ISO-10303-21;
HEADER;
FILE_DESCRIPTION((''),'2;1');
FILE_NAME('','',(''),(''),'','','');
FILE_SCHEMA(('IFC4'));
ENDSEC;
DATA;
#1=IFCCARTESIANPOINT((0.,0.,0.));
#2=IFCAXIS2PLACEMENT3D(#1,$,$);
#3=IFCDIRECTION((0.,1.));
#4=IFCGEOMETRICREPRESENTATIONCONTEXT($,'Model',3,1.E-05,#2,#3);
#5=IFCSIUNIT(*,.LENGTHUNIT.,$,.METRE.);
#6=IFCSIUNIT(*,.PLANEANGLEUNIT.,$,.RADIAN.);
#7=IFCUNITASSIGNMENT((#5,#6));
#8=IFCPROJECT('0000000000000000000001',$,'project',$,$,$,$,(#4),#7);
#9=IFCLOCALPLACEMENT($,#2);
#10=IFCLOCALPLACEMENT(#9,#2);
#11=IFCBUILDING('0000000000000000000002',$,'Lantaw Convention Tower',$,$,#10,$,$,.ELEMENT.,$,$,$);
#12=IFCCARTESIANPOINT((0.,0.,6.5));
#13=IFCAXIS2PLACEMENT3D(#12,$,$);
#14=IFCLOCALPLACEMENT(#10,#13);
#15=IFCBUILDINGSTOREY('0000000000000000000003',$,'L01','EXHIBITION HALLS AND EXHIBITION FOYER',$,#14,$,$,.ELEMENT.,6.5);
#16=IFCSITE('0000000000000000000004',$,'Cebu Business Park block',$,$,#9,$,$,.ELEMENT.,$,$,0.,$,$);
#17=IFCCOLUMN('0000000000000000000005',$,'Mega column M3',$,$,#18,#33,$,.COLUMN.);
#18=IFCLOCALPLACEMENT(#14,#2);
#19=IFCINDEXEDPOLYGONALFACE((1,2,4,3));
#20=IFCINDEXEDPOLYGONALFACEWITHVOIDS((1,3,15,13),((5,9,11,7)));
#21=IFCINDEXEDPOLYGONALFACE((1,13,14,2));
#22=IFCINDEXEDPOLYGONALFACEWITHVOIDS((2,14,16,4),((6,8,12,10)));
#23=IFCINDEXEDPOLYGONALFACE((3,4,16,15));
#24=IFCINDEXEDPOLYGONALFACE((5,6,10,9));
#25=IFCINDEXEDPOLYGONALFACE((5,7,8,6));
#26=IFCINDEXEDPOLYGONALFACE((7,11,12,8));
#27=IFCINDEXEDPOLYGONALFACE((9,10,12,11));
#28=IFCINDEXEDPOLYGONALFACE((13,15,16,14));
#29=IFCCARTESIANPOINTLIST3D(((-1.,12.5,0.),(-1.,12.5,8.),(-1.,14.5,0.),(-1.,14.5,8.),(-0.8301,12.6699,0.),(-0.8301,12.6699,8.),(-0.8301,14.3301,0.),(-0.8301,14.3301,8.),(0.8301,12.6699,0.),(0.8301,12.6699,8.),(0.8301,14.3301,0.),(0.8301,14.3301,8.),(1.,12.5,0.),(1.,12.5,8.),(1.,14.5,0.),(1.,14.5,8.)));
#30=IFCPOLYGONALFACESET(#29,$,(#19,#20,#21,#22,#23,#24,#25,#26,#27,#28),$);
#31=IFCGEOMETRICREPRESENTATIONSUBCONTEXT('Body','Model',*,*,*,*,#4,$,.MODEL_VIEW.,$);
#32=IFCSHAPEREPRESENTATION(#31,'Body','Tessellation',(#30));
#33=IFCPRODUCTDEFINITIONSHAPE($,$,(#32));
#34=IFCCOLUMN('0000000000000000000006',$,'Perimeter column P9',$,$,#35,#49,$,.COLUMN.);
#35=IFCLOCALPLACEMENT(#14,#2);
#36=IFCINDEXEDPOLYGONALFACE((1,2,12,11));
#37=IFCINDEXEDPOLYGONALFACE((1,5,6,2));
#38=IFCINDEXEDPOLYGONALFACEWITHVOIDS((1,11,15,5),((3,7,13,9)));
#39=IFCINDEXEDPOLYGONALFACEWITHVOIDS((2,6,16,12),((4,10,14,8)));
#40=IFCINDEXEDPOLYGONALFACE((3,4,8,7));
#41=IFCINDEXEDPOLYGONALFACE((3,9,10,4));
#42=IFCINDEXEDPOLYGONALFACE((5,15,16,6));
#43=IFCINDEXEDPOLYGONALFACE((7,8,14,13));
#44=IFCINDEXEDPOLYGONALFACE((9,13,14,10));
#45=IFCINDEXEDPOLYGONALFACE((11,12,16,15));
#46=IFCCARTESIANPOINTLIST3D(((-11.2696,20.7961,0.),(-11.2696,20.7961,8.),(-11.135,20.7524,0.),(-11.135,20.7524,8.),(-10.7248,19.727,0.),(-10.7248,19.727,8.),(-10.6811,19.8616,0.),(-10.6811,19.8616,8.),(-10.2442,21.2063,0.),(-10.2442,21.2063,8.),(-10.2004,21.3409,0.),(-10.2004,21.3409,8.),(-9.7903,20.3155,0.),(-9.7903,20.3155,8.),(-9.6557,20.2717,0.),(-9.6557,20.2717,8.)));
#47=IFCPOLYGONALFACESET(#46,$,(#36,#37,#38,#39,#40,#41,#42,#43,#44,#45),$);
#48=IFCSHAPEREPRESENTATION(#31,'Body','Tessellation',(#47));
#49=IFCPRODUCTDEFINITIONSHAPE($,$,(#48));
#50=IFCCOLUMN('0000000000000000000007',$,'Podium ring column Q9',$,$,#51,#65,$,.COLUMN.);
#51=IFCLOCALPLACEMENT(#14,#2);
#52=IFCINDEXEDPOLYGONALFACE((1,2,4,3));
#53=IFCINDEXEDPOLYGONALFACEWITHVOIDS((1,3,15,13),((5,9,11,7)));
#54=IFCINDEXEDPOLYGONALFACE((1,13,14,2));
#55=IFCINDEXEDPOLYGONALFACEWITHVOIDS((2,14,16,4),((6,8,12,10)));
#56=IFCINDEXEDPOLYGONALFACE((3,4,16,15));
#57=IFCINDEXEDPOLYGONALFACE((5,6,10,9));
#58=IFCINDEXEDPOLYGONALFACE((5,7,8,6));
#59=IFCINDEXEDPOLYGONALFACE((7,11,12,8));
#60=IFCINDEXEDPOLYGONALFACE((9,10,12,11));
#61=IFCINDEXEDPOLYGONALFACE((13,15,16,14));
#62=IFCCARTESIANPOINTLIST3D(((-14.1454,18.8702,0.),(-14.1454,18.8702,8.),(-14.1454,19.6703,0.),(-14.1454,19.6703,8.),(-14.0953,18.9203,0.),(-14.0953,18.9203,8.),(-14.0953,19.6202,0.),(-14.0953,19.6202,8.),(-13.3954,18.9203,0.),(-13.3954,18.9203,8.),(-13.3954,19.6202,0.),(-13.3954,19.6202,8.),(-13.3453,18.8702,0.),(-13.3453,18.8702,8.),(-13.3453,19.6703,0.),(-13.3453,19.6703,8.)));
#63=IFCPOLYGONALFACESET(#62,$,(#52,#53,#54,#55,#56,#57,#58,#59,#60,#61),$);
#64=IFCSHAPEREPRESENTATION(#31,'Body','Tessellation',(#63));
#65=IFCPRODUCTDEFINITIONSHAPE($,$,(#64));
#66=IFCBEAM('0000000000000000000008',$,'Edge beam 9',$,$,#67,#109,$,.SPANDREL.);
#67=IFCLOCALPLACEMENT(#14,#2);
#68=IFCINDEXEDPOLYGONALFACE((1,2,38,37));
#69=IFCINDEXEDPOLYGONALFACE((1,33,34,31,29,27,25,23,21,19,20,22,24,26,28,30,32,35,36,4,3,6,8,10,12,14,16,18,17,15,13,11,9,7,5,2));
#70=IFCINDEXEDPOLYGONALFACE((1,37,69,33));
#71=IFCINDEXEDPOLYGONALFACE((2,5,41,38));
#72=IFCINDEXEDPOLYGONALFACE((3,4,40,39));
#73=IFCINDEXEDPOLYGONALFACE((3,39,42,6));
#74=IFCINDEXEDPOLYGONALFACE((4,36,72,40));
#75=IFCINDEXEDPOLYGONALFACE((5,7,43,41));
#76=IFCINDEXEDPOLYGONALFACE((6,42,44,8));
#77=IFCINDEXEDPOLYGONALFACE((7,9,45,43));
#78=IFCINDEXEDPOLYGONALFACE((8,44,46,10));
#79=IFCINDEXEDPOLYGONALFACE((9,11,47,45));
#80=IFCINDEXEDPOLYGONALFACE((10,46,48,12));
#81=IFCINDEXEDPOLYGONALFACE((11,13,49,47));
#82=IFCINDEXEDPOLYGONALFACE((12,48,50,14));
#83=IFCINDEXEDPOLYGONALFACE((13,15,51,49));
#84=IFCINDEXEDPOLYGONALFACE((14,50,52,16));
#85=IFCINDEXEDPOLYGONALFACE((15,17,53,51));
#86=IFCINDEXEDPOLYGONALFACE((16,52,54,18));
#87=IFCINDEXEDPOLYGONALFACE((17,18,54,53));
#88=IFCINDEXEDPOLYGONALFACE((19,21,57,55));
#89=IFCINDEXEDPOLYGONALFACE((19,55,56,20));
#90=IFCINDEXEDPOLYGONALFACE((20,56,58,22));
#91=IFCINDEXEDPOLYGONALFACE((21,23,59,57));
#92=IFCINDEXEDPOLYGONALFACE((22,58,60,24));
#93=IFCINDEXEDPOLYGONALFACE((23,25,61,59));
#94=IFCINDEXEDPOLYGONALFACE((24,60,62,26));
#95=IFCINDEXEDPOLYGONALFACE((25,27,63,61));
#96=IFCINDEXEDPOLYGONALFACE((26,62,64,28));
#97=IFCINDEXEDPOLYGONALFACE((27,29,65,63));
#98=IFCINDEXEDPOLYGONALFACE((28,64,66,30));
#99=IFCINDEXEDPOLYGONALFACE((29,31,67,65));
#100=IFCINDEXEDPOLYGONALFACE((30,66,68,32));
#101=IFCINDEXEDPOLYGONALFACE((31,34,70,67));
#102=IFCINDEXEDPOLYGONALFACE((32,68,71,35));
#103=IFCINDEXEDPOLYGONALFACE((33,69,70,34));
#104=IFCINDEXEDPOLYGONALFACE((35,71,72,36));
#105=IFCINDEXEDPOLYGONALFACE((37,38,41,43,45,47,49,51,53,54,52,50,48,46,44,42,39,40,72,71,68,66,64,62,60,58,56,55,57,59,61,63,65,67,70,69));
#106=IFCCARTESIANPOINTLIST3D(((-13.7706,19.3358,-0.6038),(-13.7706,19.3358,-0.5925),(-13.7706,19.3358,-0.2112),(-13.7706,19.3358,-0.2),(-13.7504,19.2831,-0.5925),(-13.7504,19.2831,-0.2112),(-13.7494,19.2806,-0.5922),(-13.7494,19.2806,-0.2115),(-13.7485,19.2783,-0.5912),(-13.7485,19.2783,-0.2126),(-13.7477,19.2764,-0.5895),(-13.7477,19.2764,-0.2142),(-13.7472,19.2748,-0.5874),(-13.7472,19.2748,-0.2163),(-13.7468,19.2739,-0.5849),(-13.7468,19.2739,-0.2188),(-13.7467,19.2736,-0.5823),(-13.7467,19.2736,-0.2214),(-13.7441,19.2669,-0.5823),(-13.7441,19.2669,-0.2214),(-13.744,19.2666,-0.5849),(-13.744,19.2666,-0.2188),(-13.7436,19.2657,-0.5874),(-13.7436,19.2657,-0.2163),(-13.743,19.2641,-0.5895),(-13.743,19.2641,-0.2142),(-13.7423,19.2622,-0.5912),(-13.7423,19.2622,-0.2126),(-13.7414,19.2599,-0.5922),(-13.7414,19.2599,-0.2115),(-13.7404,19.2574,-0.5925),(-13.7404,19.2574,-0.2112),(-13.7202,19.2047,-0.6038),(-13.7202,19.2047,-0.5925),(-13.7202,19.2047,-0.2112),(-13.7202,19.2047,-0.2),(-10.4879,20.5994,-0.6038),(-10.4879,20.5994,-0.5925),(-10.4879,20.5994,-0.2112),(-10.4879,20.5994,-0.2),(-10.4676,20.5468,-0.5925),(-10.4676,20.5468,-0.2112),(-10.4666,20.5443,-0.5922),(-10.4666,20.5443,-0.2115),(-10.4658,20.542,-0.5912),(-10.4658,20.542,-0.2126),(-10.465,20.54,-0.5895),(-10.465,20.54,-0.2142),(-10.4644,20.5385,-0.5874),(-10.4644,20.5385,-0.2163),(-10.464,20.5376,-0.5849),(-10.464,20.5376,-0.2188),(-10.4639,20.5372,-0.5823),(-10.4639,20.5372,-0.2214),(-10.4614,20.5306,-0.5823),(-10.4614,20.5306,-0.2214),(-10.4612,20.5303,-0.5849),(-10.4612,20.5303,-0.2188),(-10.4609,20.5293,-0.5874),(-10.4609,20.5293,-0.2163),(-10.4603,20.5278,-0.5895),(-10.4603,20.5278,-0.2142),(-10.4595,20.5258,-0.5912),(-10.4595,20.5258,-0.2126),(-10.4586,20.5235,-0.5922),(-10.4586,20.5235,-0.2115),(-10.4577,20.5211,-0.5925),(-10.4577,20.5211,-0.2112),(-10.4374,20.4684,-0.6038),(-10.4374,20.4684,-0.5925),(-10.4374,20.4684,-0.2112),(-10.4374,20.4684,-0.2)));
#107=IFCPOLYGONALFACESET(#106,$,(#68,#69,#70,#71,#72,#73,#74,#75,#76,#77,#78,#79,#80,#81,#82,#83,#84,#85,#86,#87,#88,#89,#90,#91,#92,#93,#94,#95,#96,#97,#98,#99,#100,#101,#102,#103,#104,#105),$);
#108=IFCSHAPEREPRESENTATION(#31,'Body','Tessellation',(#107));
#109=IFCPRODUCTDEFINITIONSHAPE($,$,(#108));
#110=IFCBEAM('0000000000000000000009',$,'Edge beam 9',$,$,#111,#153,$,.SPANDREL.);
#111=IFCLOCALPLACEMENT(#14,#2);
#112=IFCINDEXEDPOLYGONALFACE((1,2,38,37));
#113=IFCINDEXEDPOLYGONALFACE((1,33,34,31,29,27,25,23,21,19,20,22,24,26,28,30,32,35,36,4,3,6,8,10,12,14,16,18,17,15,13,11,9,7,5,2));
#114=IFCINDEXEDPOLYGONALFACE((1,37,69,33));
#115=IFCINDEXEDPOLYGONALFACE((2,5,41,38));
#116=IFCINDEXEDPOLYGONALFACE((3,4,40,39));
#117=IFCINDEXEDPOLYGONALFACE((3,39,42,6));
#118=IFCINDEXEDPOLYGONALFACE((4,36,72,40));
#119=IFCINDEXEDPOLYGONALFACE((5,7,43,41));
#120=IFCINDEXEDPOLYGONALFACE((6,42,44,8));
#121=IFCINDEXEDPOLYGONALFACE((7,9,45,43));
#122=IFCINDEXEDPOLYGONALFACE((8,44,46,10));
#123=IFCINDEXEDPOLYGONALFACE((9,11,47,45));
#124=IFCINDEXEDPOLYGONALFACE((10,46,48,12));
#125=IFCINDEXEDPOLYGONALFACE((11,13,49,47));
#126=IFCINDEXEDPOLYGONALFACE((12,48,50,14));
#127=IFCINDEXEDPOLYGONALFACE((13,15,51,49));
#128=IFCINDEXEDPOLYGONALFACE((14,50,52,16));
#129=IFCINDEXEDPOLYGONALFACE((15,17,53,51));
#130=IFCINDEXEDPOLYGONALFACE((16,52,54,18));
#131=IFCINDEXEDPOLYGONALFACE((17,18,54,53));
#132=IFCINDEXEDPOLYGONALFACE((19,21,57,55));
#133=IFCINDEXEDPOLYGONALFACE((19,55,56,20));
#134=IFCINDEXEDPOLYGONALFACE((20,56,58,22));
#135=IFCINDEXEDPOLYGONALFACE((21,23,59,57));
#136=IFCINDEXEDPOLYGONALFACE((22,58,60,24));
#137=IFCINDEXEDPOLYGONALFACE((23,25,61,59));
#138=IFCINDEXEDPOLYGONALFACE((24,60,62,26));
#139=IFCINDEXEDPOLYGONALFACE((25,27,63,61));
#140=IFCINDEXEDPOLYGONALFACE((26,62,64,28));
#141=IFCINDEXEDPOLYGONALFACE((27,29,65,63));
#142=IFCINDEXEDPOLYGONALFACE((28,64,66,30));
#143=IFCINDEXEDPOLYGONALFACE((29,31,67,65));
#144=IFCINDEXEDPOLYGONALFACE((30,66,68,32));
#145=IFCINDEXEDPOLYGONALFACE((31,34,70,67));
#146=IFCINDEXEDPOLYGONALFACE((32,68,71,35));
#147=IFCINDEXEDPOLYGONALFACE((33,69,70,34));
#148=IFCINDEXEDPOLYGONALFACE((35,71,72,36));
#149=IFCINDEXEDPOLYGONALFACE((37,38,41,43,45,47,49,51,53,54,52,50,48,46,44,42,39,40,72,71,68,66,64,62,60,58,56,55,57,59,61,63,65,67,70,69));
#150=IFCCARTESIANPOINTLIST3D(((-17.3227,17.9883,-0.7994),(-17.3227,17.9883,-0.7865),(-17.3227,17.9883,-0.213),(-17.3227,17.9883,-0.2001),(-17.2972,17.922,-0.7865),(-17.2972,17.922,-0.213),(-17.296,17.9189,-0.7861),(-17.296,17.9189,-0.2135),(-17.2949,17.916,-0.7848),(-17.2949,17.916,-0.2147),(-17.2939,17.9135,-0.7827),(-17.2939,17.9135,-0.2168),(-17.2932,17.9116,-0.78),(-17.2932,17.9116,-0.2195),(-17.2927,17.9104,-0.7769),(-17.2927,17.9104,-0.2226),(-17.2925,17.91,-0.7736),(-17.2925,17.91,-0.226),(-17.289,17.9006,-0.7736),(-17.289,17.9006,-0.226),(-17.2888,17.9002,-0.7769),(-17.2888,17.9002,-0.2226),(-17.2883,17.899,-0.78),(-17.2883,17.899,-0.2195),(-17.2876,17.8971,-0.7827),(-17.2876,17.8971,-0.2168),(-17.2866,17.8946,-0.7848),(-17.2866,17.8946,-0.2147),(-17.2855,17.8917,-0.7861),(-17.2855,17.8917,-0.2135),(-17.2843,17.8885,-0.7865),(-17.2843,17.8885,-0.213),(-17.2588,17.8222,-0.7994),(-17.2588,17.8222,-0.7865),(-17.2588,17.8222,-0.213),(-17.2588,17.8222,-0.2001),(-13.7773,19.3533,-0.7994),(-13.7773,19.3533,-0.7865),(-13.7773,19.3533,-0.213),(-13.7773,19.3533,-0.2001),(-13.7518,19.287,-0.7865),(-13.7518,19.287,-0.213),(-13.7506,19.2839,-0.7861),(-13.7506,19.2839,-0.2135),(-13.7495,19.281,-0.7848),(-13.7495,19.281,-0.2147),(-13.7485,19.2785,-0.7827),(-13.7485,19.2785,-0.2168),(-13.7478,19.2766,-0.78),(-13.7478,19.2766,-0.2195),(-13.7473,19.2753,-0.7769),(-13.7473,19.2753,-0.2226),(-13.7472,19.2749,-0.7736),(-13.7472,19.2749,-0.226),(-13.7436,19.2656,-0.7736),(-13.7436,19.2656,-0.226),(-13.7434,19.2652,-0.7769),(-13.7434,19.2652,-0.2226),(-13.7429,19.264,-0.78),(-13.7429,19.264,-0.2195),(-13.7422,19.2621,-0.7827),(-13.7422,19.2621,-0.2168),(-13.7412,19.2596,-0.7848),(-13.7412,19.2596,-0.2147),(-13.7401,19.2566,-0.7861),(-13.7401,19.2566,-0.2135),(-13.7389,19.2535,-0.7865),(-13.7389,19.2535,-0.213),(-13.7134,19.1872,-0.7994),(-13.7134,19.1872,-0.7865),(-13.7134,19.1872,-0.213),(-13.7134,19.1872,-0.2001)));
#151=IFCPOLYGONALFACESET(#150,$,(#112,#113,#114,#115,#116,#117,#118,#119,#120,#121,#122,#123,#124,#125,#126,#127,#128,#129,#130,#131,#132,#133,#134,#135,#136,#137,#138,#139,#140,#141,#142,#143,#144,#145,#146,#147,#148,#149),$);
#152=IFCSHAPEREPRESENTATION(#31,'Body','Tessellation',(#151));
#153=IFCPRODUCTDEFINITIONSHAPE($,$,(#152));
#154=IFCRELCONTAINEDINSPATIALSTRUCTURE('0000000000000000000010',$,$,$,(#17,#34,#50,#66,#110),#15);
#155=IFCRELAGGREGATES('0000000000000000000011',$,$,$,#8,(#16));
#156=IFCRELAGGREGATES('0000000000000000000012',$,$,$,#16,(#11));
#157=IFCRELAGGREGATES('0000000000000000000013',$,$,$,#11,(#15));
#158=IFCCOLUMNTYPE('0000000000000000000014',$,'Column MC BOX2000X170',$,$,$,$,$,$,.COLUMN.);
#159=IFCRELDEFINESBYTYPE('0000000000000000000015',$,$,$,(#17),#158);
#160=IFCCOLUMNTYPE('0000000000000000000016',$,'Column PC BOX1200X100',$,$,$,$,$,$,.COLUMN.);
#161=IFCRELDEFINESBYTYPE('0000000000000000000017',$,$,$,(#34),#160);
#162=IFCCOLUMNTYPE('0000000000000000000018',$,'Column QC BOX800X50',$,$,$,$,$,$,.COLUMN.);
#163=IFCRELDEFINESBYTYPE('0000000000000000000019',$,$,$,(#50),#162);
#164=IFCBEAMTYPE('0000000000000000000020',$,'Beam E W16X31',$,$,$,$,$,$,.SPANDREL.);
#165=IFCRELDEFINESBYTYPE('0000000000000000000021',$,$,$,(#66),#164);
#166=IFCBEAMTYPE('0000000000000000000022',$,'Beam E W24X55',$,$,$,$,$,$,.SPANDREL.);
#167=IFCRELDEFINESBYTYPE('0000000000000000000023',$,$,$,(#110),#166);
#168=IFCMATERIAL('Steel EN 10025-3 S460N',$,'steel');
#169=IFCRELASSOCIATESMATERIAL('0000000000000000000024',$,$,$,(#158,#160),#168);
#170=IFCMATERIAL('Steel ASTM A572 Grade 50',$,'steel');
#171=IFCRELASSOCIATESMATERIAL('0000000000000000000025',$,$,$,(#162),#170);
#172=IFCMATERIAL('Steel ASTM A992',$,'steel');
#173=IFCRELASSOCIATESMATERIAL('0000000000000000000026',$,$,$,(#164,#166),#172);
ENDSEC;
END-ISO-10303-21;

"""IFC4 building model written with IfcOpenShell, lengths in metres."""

from ifc_helpers import new_model, si_unit, direction, frame, origin, origin_2d, place, context, subcontext, project, spatial, rectangle, hollow_rectangle, i_section, extrude, material, material_profile, profile_set, type_object, element, save


model = new_model("IFC4")

# Units and contexts
model_context = context("Model", 3, precision=1e-05, world=origin(), true_north=direction((0.0, 1.0)))
body_context = subcontext(model_context, "Body", "Model", "MODEL_VIEW")
ifc_project = project(units=[si_unit("LENGTHUNIT", "METRE"), si_unit("PLANEANGLEUNIT", "RADIAN")], contexts=[model_context])

# Site, building, storey
site_placement = place(None, origin())
site = spatial("IfcSite", under=ifc_project, at=site_placement, Name="Cebu Business Park block", CompositionType="ELEMENT", RefElevation=0.0)
building_placement = place(site_placement, origin())
building = spatial("IfcBuilding", under=site, at=building_placement, Name="Lantaw Convention Tower", CompositionType="ELEMENT")
storey_placement = place(building_placement, frame((0.0, 0.0, 6.5)))
storey = spatial("IfcBuildingStorey", under=building, at=storey_placement, Name="L01", Description="EXHIBITION HALLS AND EXHIBITION FOYER", CompositionType="ELEMENT", Elevation=6.5)

# Columns
ifc_material_1 = material(Name="Steel EN 10025-3 S460N", Category="steel")
ifc_material_profile_1 = material_profile(ifc_material_1, hollow_rectangle(XDim=2.0, YDim=2.0, WallThickness=0.1699, at=origin_2d()), Name="BOX2000X170")
ifc_material_2 = material(Name="Concrete C60/75", Category="concrete")
ifc_material_profile_2 = material_profile(ifc_material_2, rectangle(XDim=1.6599, YDim=1.6599, at=origin_2d()), Name="Concrete fill of BOX2000X170")
ifc_profile_set_1 = profile_set([ifc_material_profile_1, ifc_material_profile_2], Name="Steel EN 10025-3 S460N")
column_type_1 = type_object("IfcColumnType", Name="Column MC BOX2000X170", PredefinedType="COLUMN", material=ifc_profile_set_1)
column_1_placement = place(storey_placement, frame((0.0, 13.5, 0.0), z_axis=(0.0, 0.0, 1.0), x_axis=(1.0, 0.0, 0.0)))
element("IfcColumn", 1, at=column_1_placement, inside=storey, type_object=column_type_1, Name="Mega column M3", PredefinedType="COLUMN", context=body_context, shape_type="SweptSolid", body=[
    extrude(hollow_rectangle(XDim=2.0, YDim=2.0, WallThickness=0.1699, at=origin_2d()), origin(), (0.0, 0.0, 1.0), 8.0),
])
ifc_material_profile_3 = material_profile(ifc_material_1, hollow_rectangle(XDim=1.2, YDim=1.2, WallThickness=0.1001, at=origin_2d()), Name="BOX1200X100")
ifc_material_profile_4 = material_profile(ifc_material_2, rectangle(XDim=1.0, YDim=1.0, at=origin_2d()), Name="Concrete fill of BOX1200X100")
ifc_profile_set_2 = profile_set([ifc_material_profile_3, ifc_material_profile_4], Name="Steel EN 10025-3 S460N")
column_type_2 = type_object("IfcColumnType", Name="Column PC BOX1200X100", PredefinedType="COLUMN", material=ifc_profile_set_2)
column_2_placement = place(storey_placement, frame((-10.4626, 20.5339, 0.0), z_axis=(0.0, 0.0, 1.0), x_axis=(0.891007, 0.45399, 0.0)))
element("IfcColumn", 2, at=column_2_placement, inside=storey, type_object=column_type_2, Name="Perimeter column P9", PredefinedType="COLUMN", context=body_context, shape_type="SweptSolid", body=[
    extrude(hollow_rectangle(XDim=1.2, YDim=1.2, WallThickness=0.1001, at=origin_2d()), origin(), (0.0, 0.0, 1.0), 8.0),
])
ifc_material_3 = material(Name="Steel ASTM A572 Grade 50", Category="steel")
ifc_material_profile_5 = material_profile(ifc_material_3, hollow_rectangle(XDim=0.8, YDim=0.8, WallThickness=0.05, at=origin_2d()), Name="BOX800X50")
ifc_profile_set_3 = profile_set([ifc_material_profile_5], Name="Steel ASTM A572 Grade 50")
column_type_3 = type_object("IfcColumnType", Name="Column QC BOX800X50", PredefinedType="COLUMN", material=ifc_profile_set_3)
column_3_placement = place(storey_placement, frame((-13.7454, 19.2703, 0.0), z_axis=(0.0, 0.0, 1.0), x_axis=(1.0, 0.0, 0.0)))
element("IfcColumn", 3, at=column_3_placement, inside=storey, type_object=column_type_3, Name="Podium ring column Q9", PredefinedType="COLUMN", context=body_context, shape_type="SweptSolid", body=[
    extrude(hollow_rectangle(XDim=0.8, YDim=0.8, WallThickness=0.05, at=origin_2d()), origin(), (0.0, 0.0, 1.0), 8.0),
])

# Beams
ifc_material_4 = material(Name="Steel ASTM A992", Category="steel")
ifc_material_profile_6 = material_profile(ifc_material_4, i_section(OverallWidth=0.1404, OverallDepth=0.4038, WebThickness=0.0071, FlangeThickness=0.0112, FilletRadius=0.0103, at=origin_2d()), Name="W16X31")
ifc_profile_set_4 = profile_set([ifc_material_profile_6], Name="Steel ASTM A992")
beam_type_1 = type_object("IfcBeamType", Name="Beam E W16X31", PredefinedType="SPANDREL", material=ifc_profile_set_4)
beam_1_placement = place(storey_placement, frame((-10.4626, 20.5339, -0.4019), z_axis=(-0.933242, -0.359249, 0.0), x_axis=(0.359249, -0.933242, 0.0)))
element("IfcBeam", 4, at=beam_1_placement, inside=storey, type_object=beam_type_1, Name="Edge beam 9", PredefinedType="SPANDREL", context=body_context, shape_type="SweptSolid", body=[
    extrude(i_section(OverallWidth=0.1404, OverallDepth=0.4038, WebThickness=0.0071, FlangeThickness=0.0112, FilletRadius=0.0103, at=origin_2d()), origin(), (0.0, 0.0, 1.0), 3.5176),
])
ifc_material_profile_7 = material_profile(ifc_material_4, i_section(OverallWidth=0.178, OverallDepth=0.5994, WebThickness=0.01, FlangeThickness=0.0129, FilletRadius=0.0129, at=origin_2d()), Name="W24X55")
ifc_profile_set_5 = profile_set([ifc_material_profile_7], Name="Steel ASTM A992")
beam_type_2 = type_object("IfcBeamType", Name="Beam E W24X55", PredefinedType="SPANDREL", material=ifc_profile_set_5)
beam_2_placement = place(storey_placement, frame((-13.7454, 19.2703, -0.4998), z_axis=(-0.933225, -0.359293, 0.0), x_axis=(0.359293, -0.933225, 0.0)))
element("IfcBeam", 5, at=beam_2_placement, inside=storey, type_object=beam_type_2, Name="Edge beam 9", PredefinedType="SPANDREL", context=body_context, shape_type="SweptSolid", body=[
    extrude(i_section(OverallWidth=0.178, OverallDepth=0.5994, WebThickness=0.01, FlangeThickness=0.0129, FilletRadius=0.0129, at=origin_2d()), origin(), (0.0, 0.0, 1.0), 3.7991),
])

save(model, "model.ifc")
